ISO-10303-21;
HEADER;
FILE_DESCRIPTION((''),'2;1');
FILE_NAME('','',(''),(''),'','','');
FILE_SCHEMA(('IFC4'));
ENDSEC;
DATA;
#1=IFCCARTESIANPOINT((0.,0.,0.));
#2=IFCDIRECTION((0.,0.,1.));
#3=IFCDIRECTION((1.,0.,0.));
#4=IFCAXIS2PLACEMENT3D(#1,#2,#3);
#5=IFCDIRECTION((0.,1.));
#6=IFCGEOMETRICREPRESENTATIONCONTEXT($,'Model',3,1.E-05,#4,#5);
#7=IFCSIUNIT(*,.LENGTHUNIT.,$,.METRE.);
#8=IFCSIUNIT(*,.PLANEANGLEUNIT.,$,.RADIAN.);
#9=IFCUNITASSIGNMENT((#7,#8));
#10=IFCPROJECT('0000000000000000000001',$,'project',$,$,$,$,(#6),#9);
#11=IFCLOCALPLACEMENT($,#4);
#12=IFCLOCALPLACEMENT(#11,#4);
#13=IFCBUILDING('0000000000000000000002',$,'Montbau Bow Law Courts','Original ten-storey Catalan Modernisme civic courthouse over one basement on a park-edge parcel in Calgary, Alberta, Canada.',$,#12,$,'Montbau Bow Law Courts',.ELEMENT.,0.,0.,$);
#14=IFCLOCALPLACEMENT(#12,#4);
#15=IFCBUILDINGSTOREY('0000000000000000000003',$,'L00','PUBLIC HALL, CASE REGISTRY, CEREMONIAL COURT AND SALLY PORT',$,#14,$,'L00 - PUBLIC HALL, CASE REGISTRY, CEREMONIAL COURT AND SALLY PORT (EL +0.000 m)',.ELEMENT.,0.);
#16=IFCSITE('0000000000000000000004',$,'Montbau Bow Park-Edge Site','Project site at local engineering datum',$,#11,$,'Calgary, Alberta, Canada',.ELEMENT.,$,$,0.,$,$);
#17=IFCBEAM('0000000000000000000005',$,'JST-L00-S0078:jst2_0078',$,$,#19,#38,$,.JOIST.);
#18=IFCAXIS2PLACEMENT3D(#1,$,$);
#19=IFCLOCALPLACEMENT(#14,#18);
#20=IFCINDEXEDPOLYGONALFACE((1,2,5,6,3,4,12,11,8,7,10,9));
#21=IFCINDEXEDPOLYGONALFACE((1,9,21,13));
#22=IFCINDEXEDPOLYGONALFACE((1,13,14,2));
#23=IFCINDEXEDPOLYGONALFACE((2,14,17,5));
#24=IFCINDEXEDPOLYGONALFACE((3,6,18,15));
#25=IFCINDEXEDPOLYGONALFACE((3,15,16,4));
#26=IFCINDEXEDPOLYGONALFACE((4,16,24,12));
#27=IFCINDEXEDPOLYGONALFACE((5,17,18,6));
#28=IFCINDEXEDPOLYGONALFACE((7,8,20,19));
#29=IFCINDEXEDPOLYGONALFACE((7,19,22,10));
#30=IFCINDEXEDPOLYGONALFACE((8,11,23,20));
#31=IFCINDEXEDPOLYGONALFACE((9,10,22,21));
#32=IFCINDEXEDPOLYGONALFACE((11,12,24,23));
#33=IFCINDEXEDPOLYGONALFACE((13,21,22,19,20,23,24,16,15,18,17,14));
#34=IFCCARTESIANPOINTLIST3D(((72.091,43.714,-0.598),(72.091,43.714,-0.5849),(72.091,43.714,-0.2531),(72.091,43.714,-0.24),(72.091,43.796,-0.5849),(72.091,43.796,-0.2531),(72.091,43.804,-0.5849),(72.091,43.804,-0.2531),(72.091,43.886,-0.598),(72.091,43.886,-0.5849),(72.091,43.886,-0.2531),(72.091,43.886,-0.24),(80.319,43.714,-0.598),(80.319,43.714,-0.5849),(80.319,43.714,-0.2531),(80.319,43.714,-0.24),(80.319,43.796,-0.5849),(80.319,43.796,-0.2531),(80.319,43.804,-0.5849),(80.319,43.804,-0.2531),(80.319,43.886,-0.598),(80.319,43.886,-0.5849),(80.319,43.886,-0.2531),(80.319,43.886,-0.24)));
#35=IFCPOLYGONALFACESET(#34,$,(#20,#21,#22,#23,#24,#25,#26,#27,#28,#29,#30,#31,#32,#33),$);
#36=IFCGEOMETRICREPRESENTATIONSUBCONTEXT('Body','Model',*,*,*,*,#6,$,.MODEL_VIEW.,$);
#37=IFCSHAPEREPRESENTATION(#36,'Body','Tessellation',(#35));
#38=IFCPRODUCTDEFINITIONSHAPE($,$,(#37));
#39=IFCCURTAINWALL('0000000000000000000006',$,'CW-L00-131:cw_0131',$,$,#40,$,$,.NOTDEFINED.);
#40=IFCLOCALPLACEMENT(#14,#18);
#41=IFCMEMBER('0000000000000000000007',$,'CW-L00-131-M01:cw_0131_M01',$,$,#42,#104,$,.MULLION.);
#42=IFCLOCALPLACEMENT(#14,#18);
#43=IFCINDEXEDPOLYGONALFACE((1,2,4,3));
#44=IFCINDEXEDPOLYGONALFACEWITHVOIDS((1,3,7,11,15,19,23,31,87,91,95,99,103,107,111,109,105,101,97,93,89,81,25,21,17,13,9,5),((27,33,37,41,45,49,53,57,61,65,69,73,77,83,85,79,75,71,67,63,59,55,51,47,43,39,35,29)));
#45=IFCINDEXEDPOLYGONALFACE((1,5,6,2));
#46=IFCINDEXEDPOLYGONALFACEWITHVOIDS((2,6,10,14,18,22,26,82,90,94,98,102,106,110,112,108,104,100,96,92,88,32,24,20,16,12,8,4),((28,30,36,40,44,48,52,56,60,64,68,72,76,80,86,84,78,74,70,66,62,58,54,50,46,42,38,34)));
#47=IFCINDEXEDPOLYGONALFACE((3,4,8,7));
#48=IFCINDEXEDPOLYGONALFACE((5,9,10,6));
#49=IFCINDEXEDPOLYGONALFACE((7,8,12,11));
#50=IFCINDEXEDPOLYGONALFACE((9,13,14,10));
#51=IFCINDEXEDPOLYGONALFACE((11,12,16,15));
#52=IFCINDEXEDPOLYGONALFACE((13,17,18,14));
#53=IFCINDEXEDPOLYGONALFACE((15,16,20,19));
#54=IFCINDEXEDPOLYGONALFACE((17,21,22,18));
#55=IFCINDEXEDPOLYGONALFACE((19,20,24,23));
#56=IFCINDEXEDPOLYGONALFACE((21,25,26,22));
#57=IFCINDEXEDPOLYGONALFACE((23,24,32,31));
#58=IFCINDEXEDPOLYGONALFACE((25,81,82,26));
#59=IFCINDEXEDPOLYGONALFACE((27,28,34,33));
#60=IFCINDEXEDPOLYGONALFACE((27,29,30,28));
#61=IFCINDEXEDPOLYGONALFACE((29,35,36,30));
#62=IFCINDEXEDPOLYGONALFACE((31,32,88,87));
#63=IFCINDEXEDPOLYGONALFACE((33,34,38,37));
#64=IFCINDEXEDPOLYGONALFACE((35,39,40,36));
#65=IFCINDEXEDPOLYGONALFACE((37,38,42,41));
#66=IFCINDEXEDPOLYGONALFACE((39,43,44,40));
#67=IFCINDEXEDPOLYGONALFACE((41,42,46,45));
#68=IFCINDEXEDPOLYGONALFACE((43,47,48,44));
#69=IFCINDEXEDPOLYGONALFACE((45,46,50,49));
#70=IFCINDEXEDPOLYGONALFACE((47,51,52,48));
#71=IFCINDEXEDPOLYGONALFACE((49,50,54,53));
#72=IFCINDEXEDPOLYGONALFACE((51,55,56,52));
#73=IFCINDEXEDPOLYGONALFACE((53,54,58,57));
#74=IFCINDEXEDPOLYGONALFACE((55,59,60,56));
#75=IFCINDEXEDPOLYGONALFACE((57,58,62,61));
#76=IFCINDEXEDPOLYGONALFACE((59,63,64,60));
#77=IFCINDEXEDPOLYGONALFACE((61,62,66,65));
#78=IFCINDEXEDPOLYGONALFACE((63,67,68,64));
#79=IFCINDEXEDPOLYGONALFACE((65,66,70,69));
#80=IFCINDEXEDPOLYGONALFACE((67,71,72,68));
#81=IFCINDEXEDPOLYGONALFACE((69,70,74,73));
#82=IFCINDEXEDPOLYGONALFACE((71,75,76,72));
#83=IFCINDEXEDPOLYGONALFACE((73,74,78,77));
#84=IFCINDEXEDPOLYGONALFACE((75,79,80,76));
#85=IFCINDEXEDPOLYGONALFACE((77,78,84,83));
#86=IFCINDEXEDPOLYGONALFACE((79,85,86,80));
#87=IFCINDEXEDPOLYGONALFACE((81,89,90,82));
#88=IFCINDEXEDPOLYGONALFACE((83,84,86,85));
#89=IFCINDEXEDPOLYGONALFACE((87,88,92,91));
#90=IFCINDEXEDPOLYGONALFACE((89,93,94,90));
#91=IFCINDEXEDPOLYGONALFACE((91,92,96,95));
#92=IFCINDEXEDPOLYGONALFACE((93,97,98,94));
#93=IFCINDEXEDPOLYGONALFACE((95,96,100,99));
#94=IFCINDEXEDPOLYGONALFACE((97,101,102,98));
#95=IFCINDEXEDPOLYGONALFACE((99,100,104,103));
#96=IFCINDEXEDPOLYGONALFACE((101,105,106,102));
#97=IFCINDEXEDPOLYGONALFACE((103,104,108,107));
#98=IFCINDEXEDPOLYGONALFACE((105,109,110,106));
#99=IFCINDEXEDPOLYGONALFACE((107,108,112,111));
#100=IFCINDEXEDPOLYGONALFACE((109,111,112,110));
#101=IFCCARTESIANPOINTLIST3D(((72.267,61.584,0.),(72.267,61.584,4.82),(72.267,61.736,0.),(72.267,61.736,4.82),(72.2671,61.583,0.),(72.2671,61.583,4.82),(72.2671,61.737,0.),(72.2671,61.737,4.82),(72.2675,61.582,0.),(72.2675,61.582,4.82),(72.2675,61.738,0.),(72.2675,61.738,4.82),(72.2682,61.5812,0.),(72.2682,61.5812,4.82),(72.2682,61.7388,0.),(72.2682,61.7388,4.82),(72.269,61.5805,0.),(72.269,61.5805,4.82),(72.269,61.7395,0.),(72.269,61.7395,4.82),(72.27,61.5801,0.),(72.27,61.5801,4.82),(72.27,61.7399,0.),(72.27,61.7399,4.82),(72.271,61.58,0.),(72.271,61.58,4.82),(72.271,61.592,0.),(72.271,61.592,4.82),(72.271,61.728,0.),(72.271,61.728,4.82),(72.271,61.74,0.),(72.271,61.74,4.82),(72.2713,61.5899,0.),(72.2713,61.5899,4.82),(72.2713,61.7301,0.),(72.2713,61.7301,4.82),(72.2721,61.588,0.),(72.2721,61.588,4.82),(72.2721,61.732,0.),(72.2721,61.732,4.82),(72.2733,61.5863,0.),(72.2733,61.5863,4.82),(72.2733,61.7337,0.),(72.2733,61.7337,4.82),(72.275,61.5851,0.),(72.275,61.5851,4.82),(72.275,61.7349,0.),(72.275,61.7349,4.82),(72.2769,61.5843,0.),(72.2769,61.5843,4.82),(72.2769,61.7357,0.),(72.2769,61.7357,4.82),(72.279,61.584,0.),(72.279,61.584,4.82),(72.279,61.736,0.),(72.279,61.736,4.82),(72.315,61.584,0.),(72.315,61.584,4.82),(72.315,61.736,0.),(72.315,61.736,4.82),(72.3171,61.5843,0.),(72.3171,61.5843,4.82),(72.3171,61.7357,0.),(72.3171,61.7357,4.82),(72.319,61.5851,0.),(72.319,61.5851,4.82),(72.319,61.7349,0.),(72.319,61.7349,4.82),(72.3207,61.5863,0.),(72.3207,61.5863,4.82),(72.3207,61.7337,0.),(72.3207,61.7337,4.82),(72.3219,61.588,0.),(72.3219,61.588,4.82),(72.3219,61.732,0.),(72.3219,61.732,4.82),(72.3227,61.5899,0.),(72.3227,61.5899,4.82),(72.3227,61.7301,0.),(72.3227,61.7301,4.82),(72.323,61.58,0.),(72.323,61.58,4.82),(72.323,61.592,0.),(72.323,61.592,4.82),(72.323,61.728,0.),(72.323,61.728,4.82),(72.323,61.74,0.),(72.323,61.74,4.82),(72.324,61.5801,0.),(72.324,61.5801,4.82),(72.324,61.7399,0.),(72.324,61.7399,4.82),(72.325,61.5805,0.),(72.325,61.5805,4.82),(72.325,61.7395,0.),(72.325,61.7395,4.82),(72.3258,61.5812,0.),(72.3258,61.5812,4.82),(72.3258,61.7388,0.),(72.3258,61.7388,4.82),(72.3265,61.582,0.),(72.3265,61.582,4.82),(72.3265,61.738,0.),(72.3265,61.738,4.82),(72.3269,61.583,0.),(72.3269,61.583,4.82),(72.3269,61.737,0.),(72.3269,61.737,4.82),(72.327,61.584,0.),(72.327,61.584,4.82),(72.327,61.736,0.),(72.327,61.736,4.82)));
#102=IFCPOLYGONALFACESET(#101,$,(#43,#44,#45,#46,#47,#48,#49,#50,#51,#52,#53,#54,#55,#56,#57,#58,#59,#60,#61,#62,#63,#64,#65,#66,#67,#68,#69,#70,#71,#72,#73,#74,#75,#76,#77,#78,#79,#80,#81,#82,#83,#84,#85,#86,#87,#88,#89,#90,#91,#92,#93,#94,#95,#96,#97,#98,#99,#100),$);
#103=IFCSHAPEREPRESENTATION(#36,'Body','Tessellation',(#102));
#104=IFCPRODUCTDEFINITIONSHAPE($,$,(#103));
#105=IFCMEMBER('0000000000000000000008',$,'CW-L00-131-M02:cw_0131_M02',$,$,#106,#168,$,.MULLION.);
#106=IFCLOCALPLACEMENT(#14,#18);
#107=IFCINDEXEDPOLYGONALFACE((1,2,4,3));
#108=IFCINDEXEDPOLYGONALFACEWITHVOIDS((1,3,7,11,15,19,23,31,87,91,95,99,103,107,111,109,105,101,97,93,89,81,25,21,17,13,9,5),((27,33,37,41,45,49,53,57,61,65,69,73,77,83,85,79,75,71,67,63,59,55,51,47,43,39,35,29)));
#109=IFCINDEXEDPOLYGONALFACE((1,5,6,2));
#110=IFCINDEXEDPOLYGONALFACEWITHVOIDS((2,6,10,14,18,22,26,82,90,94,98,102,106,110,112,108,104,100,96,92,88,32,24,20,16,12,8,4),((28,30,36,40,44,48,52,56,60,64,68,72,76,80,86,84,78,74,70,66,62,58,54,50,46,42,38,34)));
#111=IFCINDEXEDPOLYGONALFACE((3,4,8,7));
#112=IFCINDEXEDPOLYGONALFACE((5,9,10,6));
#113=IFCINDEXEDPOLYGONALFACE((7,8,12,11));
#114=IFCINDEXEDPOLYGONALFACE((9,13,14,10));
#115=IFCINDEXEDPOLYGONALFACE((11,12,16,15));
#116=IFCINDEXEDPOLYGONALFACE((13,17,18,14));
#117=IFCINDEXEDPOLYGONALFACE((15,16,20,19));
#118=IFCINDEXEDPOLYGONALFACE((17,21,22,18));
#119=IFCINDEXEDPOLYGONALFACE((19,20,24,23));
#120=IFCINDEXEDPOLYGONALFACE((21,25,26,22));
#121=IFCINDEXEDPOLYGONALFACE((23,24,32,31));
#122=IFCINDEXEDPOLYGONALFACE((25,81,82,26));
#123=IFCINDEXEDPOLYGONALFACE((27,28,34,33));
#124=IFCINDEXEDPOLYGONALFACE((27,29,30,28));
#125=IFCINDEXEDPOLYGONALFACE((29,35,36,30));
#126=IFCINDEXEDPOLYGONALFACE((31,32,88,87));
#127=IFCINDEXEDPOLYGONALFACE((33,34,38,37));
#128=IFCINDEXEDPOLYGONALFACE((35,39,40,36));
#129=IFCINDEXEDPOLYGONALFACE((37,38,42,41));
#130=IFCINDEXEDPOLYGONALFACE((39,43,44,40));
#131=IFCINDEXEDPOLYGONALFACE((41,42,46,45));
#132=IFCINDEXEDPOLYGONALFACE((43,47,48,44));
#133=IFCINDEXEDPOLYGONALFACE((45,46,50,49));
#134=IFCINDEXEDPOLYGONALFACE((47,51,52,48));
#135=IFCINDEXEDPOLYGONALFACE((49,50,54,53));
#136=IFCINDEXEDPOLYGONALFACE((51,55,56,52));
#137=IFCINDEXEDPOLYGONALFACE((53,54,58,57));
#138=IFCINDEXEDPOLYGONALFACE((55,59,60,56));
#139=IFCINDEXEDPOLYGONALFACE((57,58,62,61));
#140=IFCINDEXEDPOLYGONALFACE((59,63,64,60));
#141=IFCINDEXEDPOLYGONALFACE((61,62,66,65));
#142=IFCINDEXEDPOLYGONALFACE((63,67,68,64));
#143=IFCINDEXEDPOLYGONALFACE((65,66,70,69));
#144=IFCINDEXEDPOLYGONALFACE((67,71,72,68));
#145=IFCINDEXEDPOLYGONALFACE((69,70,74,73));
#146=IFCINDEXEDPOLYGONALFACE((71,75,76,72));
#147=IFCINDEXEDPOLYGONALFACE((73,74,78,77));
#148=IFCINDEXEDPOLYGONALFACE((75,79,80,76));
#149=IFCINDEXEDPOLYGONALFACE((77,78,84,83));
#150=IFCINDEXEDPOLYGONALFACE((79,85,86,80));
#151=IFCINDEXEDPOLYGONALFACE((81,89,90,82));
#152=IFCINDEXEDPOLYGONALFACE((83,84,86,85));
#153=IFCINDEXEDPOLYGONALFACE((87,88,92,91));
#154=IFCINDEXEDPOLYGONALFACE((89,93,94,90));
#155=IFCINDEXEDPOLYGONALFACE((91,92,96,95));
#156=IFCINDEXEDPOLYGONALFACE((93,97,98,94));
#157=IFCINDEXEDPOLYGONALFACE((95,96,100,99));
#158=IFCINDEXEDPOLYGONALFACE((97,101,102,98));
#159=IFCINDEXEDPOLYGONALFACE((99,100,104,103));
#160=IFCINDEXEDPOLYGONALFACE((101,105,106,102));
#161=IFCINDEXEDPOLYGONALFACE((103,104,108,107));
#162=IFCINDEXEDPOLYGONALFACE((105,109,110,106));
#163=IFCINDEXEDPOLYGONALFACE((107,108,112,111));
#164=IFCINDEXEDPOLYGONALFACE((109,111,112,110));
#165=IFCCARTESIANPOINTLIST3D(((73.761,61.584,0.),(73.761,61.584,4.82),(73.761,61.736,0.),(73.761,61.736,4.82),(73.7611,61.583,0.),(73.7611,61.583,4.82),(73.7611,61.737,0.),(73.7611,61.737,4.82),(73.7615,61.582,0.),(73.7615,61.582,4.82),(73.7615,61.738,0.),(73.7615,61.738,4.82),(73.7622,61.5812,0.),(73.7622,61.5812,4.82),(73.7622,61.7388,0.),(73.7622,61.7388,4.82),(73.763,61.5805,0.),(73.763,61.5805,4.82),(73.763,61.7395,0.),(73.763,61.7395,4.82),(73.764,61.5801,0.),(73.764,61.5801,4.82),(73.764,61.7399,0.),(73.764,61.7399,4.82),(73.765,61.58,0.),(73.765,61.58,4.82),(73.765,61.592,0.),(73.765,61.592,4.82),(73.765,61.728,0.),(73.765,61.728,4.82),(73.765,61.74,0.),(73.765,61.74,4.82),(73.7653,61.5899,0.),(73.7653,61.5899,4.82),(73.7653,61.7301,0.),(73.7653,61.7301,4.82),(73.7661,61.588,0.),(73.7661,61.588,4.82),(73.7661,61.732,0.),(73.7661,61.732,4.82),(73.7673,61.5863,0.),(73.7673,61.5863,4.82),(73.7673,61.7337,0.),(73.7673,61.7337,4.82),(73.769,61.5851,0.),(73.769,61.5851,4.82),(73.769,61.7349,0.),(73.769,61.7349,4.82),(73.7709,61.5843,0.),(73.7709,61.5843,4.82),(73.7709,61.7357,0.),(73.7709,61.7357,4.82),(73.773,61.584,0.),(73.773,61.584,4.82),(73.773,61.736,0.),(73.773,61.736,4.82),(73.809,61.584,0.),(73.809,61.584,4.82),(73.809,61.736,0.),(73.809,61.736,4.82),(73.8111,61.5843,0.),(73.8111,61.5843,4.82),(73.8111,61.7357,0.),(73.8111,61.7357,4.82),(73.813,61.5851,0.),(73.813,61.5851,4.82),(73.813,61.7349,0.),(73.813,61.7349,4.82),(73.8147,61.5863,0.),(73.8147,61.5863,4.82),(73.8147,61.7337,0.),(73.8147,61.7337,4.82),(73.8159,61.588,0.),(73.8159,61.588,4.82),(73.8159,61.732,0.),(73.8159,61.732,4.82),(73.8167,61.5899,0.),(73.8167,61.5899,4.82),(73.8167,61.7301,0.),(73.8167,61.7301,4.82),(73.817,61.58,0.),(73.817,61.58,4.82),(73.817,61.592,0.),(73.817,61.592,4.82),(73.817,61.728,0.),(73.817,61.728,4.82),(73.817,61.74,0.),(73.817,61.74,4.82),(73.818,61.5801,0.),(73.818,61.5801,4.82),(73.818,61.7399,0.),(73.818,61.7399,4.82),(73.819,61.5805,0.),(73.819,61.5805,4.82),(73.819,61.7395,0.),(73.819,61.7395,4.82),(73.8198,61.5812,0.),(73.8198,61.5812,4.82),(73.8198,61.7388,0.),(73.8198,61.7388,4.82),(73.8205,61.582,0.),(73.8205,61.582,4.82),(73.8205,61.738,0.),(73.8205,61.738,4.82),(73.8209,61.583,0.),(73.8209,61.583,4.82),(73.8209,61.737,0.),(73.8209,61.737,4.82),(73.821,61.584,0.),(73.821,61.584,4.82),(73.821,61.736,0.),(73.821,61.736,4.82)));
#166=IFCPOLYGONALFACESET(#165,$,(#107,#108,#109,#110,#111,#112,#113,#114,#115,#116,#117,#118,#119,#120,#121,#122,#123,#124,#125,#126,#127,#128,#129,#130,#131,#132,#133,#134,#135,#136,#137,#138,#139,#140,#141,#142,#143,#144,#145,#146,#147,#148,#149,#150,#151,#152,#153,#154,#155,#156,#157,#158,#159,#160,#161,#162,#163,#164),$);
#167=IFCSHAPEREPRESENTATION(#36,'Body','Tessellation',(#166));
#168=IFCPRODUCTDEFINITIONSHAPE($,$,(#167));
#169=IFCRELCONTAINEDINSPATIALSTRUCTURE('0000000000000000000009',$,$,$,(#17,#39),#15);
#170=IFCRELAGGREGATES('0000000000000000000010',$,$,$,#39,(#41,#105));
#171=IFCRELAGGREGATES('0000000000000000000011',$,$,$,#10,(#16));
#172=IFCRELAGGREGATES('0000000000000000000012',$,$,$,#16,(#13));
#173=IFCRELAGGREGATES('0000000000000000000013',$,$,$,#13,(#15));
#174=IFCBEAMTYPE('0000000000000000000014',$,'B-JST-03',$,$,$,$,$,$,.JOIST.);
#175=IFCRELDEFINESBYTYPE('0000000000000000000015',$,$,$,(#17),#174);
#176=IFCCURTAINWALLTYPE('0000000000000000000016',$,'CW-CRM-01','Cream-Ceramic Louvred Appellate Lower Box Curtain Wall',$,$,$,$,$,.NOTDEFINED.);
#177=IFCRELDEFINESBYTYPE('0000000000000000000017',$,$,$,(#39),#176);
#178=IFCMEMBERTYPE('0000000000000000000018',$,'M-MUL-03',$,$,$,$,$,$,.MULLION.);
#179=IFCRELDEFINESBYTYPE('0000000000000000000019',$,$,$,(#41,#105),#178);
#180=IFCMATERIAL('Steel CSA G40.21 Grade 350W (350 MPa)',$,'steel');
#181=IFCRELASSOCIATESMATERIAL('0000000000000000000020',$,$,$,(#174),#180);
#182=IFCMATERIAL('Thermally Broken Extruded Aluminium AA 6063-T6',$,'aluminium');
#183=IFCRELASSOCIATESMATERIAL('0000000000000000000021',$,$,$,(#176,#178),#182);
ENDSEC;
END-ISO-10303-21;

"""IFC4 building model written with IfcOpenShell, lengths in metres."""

from ifc_helpers import new_model, si_unit, direction, frame, origin_with_axes, origin_2d_with_axis, place, context, subcontext, project, spatial, hollow_rectangle, i_section, extrude, material, material_profile, profile_set, type_object, element, aggregate, save


model = new_model("IFC4")

# Units and contexts
model_context = context("Model", 3, precision=1e-05, world=origin_with_axes(), true_north=direction((0.0, 1.0)))
body_context = subcontext(model_context, "Body", "Model", "MODEL_VIEW")
ifc_project = project(units=[si_unit("LENGTHUNIT", "METRE"), si_unit("PLANEANGLEUNIT", "RADIAN")], contexts=[model_context])

# Site, building, storey
site_placement = place(None, origin_with_axes())
site = spatial("IfcSite", under=ifc_project, at=site_placement, Name="Montbau Bow Park-Edge Site", Description="Project site at local engineering datum", LongName="Calgary, Alberta, Canada", CompositionType="ELEMENT", RefElevation=0.0)
building_placement = place(site_placement, origin_with_axes())
building = spatial("IfcBuilding", under=site, at=building_placement, Name="Montbau Bow Law Courts", Description="Original ten-storey Catalan Modernisme civic courthouse over one basement on a park-edge parcel in Calgary, Alberta, Canada.", LongName="Montbau Bow Law Courts", CompositionType="ELEMENT", ElevationOfRefHeight=0.0, ElevationOfTerrain=0.0)
storey_placement = place(building_placement, origin_with_axes())
storey = spatial("IfcBuildingStorey", under=building, at=storey_placement, Name="L00", Description="PUBLIC HALL, CASE REGISTRY, CEREMONIAL COURT AND SALLY PORT", LongName="L00 - PUBLIC HALL, CASE REGISTRY, CEREMONIAL COURT AND SALLY PORT (EL +0.000 m)", CompositionType="ELEMENT", Elevation=0.0)

# Beam
ifc_material_1 = material(Name="Steel CSA G40.21 Grade 350W (350 MPa)", Category="steel")
ifc_material_profile_1 = material_profile(ifc_material_1, i_section(OverallWidth=0.172, OverallDepth=0.358, WebThickness=0.0079, FlangeThickness=0.0131, at=origin_2d_with_axis()), Name="W360X57", Category="Main", Priority=0)
ifc_profile_set_1 = profile_set([ifc_material_profile_1], Name="Steel CSA G40.21 Grade 350W (350 MPa)")
beam_type = type_object("IfcBeamType", Name="B-JST-03", PredefinedType="JOIST", material=ifc_profile_set_1)
beam_placement = place(None, frame((72.091, 43.8, -0.419), z_axis=(1.0, 0.0, 0.0), x_axis=(0.0, 1.0, 0.0)))
element("IfcBeam", 1, at=beam_placement, inside=storey, type_object=beam_type, Name="JST-L00-S0078:jst2_0078", PredefinedType="JOIST", context=body_context, shape_type="SweptSolid", body=[
    extrude(i_section(OverallWidth=0.172, OverallDepth=0.358, WebThickness=0.0079, FlangeThickness=0.0131, at=origin_2d_with_axis()), origin_with_axes(), (0.0, 0.0, 1.0), 8.228),
])

# Curtain wall, members
ifc_material_2 = material(Name="Thermally Broken Extruded Aluminium AA 6063-T6", Category="aluminium")
curtain_wall_type = type_object("IfcCurtainWallType", Name="CW-CRM-01", Description="Cream-Ceramic Louvred Appellate Lower Box Curtain Wall", PredefinedType="NOTDEFINED", material=ifc_material_2)
curtain_wall_placement = place(None, frame((72.267, 61.66, 0.0), z_axis=(0.0, 0.0, 1.0), x_axis=(1.0, 0.0, 0.0)))
curtain_wall = element("IfcCurtainWall", 2, at=curtain_wall_placement, inside=storey, type_object=curtain_wall_type, Name="CW-L00-131:cw_0131", PredefinedType="NOTDEFINED")
ifc_material_profile_2 = material_profile(ifc_material_2, hollow_rectangle(XDim=0.06, YDim=0.16, WallThickness=0.004, InnerFilletRadius=0.008, OuterFilletRadius=0.004, at=origin_2d_with_axis()), Name="CWM-160X60", Category="Main", Priority=0)
ifc_profile_set_2 = profile_set([ifc_material_profile_2], Name="Thermally Broken Extruded Aluminium AA 6063-T6")
member_type_1 = type_object("IfcMemberType", Name="M-MUL-03", PredefinedType="MULLION", material=ifc_profile_set_2)
member_1_placement = place(None, frame((72.297, 61.66, 0.0), z_axis=(0.0, 0.0, 1.0), x_axis=(1.0, 0.0, 0.0)))
member_1 = element("IfcMember", 3, at=member_1_placement, type_object=member_type_1, Name="CW-L00-131-M01:cw_0131_M01", PredefinedType="MULLION", context=body_context, shape_type="SweptSolid", body=[
    extrude(hollow_rectangle(XDim=0.06, YDim=0.16, WallThickness=0.004, InnerFilletRadius=0.008, OuterFilletRadius=0.004, at=origin_2d_with_axis()), origin_with_axes(), (0.0, 0.0, 1.0), 4.82),
])
member_2_placement = place(None, frame((73.791, 61.66, 0.0), z_axis=(0.0, 0.0, 1.0), x_axis=(1.0, 0.0, 0.0)))
member_2 = element("IfcMember", 4, at=member_2_placement, type_object=member_type_1, Name="CW-L00-131-M02:cw_0131_M02", PredefinedType="MULLION", context=body_context, shape_type="SweptSolid", body=[
    extrude(hollow_rectangle(XDim=0.06, YDim=0.16, WallThickness=0.004, InnerFilletRadius=0.008, OuterFilletRadius=0.004, at=origin_2d_with_axis()), origin_with_axes(), (0.0, 0.0, 1.0), 4.82),
])
aggregate(curtain_wall, [member_1, member_2])

save(model, "model.ifc")
